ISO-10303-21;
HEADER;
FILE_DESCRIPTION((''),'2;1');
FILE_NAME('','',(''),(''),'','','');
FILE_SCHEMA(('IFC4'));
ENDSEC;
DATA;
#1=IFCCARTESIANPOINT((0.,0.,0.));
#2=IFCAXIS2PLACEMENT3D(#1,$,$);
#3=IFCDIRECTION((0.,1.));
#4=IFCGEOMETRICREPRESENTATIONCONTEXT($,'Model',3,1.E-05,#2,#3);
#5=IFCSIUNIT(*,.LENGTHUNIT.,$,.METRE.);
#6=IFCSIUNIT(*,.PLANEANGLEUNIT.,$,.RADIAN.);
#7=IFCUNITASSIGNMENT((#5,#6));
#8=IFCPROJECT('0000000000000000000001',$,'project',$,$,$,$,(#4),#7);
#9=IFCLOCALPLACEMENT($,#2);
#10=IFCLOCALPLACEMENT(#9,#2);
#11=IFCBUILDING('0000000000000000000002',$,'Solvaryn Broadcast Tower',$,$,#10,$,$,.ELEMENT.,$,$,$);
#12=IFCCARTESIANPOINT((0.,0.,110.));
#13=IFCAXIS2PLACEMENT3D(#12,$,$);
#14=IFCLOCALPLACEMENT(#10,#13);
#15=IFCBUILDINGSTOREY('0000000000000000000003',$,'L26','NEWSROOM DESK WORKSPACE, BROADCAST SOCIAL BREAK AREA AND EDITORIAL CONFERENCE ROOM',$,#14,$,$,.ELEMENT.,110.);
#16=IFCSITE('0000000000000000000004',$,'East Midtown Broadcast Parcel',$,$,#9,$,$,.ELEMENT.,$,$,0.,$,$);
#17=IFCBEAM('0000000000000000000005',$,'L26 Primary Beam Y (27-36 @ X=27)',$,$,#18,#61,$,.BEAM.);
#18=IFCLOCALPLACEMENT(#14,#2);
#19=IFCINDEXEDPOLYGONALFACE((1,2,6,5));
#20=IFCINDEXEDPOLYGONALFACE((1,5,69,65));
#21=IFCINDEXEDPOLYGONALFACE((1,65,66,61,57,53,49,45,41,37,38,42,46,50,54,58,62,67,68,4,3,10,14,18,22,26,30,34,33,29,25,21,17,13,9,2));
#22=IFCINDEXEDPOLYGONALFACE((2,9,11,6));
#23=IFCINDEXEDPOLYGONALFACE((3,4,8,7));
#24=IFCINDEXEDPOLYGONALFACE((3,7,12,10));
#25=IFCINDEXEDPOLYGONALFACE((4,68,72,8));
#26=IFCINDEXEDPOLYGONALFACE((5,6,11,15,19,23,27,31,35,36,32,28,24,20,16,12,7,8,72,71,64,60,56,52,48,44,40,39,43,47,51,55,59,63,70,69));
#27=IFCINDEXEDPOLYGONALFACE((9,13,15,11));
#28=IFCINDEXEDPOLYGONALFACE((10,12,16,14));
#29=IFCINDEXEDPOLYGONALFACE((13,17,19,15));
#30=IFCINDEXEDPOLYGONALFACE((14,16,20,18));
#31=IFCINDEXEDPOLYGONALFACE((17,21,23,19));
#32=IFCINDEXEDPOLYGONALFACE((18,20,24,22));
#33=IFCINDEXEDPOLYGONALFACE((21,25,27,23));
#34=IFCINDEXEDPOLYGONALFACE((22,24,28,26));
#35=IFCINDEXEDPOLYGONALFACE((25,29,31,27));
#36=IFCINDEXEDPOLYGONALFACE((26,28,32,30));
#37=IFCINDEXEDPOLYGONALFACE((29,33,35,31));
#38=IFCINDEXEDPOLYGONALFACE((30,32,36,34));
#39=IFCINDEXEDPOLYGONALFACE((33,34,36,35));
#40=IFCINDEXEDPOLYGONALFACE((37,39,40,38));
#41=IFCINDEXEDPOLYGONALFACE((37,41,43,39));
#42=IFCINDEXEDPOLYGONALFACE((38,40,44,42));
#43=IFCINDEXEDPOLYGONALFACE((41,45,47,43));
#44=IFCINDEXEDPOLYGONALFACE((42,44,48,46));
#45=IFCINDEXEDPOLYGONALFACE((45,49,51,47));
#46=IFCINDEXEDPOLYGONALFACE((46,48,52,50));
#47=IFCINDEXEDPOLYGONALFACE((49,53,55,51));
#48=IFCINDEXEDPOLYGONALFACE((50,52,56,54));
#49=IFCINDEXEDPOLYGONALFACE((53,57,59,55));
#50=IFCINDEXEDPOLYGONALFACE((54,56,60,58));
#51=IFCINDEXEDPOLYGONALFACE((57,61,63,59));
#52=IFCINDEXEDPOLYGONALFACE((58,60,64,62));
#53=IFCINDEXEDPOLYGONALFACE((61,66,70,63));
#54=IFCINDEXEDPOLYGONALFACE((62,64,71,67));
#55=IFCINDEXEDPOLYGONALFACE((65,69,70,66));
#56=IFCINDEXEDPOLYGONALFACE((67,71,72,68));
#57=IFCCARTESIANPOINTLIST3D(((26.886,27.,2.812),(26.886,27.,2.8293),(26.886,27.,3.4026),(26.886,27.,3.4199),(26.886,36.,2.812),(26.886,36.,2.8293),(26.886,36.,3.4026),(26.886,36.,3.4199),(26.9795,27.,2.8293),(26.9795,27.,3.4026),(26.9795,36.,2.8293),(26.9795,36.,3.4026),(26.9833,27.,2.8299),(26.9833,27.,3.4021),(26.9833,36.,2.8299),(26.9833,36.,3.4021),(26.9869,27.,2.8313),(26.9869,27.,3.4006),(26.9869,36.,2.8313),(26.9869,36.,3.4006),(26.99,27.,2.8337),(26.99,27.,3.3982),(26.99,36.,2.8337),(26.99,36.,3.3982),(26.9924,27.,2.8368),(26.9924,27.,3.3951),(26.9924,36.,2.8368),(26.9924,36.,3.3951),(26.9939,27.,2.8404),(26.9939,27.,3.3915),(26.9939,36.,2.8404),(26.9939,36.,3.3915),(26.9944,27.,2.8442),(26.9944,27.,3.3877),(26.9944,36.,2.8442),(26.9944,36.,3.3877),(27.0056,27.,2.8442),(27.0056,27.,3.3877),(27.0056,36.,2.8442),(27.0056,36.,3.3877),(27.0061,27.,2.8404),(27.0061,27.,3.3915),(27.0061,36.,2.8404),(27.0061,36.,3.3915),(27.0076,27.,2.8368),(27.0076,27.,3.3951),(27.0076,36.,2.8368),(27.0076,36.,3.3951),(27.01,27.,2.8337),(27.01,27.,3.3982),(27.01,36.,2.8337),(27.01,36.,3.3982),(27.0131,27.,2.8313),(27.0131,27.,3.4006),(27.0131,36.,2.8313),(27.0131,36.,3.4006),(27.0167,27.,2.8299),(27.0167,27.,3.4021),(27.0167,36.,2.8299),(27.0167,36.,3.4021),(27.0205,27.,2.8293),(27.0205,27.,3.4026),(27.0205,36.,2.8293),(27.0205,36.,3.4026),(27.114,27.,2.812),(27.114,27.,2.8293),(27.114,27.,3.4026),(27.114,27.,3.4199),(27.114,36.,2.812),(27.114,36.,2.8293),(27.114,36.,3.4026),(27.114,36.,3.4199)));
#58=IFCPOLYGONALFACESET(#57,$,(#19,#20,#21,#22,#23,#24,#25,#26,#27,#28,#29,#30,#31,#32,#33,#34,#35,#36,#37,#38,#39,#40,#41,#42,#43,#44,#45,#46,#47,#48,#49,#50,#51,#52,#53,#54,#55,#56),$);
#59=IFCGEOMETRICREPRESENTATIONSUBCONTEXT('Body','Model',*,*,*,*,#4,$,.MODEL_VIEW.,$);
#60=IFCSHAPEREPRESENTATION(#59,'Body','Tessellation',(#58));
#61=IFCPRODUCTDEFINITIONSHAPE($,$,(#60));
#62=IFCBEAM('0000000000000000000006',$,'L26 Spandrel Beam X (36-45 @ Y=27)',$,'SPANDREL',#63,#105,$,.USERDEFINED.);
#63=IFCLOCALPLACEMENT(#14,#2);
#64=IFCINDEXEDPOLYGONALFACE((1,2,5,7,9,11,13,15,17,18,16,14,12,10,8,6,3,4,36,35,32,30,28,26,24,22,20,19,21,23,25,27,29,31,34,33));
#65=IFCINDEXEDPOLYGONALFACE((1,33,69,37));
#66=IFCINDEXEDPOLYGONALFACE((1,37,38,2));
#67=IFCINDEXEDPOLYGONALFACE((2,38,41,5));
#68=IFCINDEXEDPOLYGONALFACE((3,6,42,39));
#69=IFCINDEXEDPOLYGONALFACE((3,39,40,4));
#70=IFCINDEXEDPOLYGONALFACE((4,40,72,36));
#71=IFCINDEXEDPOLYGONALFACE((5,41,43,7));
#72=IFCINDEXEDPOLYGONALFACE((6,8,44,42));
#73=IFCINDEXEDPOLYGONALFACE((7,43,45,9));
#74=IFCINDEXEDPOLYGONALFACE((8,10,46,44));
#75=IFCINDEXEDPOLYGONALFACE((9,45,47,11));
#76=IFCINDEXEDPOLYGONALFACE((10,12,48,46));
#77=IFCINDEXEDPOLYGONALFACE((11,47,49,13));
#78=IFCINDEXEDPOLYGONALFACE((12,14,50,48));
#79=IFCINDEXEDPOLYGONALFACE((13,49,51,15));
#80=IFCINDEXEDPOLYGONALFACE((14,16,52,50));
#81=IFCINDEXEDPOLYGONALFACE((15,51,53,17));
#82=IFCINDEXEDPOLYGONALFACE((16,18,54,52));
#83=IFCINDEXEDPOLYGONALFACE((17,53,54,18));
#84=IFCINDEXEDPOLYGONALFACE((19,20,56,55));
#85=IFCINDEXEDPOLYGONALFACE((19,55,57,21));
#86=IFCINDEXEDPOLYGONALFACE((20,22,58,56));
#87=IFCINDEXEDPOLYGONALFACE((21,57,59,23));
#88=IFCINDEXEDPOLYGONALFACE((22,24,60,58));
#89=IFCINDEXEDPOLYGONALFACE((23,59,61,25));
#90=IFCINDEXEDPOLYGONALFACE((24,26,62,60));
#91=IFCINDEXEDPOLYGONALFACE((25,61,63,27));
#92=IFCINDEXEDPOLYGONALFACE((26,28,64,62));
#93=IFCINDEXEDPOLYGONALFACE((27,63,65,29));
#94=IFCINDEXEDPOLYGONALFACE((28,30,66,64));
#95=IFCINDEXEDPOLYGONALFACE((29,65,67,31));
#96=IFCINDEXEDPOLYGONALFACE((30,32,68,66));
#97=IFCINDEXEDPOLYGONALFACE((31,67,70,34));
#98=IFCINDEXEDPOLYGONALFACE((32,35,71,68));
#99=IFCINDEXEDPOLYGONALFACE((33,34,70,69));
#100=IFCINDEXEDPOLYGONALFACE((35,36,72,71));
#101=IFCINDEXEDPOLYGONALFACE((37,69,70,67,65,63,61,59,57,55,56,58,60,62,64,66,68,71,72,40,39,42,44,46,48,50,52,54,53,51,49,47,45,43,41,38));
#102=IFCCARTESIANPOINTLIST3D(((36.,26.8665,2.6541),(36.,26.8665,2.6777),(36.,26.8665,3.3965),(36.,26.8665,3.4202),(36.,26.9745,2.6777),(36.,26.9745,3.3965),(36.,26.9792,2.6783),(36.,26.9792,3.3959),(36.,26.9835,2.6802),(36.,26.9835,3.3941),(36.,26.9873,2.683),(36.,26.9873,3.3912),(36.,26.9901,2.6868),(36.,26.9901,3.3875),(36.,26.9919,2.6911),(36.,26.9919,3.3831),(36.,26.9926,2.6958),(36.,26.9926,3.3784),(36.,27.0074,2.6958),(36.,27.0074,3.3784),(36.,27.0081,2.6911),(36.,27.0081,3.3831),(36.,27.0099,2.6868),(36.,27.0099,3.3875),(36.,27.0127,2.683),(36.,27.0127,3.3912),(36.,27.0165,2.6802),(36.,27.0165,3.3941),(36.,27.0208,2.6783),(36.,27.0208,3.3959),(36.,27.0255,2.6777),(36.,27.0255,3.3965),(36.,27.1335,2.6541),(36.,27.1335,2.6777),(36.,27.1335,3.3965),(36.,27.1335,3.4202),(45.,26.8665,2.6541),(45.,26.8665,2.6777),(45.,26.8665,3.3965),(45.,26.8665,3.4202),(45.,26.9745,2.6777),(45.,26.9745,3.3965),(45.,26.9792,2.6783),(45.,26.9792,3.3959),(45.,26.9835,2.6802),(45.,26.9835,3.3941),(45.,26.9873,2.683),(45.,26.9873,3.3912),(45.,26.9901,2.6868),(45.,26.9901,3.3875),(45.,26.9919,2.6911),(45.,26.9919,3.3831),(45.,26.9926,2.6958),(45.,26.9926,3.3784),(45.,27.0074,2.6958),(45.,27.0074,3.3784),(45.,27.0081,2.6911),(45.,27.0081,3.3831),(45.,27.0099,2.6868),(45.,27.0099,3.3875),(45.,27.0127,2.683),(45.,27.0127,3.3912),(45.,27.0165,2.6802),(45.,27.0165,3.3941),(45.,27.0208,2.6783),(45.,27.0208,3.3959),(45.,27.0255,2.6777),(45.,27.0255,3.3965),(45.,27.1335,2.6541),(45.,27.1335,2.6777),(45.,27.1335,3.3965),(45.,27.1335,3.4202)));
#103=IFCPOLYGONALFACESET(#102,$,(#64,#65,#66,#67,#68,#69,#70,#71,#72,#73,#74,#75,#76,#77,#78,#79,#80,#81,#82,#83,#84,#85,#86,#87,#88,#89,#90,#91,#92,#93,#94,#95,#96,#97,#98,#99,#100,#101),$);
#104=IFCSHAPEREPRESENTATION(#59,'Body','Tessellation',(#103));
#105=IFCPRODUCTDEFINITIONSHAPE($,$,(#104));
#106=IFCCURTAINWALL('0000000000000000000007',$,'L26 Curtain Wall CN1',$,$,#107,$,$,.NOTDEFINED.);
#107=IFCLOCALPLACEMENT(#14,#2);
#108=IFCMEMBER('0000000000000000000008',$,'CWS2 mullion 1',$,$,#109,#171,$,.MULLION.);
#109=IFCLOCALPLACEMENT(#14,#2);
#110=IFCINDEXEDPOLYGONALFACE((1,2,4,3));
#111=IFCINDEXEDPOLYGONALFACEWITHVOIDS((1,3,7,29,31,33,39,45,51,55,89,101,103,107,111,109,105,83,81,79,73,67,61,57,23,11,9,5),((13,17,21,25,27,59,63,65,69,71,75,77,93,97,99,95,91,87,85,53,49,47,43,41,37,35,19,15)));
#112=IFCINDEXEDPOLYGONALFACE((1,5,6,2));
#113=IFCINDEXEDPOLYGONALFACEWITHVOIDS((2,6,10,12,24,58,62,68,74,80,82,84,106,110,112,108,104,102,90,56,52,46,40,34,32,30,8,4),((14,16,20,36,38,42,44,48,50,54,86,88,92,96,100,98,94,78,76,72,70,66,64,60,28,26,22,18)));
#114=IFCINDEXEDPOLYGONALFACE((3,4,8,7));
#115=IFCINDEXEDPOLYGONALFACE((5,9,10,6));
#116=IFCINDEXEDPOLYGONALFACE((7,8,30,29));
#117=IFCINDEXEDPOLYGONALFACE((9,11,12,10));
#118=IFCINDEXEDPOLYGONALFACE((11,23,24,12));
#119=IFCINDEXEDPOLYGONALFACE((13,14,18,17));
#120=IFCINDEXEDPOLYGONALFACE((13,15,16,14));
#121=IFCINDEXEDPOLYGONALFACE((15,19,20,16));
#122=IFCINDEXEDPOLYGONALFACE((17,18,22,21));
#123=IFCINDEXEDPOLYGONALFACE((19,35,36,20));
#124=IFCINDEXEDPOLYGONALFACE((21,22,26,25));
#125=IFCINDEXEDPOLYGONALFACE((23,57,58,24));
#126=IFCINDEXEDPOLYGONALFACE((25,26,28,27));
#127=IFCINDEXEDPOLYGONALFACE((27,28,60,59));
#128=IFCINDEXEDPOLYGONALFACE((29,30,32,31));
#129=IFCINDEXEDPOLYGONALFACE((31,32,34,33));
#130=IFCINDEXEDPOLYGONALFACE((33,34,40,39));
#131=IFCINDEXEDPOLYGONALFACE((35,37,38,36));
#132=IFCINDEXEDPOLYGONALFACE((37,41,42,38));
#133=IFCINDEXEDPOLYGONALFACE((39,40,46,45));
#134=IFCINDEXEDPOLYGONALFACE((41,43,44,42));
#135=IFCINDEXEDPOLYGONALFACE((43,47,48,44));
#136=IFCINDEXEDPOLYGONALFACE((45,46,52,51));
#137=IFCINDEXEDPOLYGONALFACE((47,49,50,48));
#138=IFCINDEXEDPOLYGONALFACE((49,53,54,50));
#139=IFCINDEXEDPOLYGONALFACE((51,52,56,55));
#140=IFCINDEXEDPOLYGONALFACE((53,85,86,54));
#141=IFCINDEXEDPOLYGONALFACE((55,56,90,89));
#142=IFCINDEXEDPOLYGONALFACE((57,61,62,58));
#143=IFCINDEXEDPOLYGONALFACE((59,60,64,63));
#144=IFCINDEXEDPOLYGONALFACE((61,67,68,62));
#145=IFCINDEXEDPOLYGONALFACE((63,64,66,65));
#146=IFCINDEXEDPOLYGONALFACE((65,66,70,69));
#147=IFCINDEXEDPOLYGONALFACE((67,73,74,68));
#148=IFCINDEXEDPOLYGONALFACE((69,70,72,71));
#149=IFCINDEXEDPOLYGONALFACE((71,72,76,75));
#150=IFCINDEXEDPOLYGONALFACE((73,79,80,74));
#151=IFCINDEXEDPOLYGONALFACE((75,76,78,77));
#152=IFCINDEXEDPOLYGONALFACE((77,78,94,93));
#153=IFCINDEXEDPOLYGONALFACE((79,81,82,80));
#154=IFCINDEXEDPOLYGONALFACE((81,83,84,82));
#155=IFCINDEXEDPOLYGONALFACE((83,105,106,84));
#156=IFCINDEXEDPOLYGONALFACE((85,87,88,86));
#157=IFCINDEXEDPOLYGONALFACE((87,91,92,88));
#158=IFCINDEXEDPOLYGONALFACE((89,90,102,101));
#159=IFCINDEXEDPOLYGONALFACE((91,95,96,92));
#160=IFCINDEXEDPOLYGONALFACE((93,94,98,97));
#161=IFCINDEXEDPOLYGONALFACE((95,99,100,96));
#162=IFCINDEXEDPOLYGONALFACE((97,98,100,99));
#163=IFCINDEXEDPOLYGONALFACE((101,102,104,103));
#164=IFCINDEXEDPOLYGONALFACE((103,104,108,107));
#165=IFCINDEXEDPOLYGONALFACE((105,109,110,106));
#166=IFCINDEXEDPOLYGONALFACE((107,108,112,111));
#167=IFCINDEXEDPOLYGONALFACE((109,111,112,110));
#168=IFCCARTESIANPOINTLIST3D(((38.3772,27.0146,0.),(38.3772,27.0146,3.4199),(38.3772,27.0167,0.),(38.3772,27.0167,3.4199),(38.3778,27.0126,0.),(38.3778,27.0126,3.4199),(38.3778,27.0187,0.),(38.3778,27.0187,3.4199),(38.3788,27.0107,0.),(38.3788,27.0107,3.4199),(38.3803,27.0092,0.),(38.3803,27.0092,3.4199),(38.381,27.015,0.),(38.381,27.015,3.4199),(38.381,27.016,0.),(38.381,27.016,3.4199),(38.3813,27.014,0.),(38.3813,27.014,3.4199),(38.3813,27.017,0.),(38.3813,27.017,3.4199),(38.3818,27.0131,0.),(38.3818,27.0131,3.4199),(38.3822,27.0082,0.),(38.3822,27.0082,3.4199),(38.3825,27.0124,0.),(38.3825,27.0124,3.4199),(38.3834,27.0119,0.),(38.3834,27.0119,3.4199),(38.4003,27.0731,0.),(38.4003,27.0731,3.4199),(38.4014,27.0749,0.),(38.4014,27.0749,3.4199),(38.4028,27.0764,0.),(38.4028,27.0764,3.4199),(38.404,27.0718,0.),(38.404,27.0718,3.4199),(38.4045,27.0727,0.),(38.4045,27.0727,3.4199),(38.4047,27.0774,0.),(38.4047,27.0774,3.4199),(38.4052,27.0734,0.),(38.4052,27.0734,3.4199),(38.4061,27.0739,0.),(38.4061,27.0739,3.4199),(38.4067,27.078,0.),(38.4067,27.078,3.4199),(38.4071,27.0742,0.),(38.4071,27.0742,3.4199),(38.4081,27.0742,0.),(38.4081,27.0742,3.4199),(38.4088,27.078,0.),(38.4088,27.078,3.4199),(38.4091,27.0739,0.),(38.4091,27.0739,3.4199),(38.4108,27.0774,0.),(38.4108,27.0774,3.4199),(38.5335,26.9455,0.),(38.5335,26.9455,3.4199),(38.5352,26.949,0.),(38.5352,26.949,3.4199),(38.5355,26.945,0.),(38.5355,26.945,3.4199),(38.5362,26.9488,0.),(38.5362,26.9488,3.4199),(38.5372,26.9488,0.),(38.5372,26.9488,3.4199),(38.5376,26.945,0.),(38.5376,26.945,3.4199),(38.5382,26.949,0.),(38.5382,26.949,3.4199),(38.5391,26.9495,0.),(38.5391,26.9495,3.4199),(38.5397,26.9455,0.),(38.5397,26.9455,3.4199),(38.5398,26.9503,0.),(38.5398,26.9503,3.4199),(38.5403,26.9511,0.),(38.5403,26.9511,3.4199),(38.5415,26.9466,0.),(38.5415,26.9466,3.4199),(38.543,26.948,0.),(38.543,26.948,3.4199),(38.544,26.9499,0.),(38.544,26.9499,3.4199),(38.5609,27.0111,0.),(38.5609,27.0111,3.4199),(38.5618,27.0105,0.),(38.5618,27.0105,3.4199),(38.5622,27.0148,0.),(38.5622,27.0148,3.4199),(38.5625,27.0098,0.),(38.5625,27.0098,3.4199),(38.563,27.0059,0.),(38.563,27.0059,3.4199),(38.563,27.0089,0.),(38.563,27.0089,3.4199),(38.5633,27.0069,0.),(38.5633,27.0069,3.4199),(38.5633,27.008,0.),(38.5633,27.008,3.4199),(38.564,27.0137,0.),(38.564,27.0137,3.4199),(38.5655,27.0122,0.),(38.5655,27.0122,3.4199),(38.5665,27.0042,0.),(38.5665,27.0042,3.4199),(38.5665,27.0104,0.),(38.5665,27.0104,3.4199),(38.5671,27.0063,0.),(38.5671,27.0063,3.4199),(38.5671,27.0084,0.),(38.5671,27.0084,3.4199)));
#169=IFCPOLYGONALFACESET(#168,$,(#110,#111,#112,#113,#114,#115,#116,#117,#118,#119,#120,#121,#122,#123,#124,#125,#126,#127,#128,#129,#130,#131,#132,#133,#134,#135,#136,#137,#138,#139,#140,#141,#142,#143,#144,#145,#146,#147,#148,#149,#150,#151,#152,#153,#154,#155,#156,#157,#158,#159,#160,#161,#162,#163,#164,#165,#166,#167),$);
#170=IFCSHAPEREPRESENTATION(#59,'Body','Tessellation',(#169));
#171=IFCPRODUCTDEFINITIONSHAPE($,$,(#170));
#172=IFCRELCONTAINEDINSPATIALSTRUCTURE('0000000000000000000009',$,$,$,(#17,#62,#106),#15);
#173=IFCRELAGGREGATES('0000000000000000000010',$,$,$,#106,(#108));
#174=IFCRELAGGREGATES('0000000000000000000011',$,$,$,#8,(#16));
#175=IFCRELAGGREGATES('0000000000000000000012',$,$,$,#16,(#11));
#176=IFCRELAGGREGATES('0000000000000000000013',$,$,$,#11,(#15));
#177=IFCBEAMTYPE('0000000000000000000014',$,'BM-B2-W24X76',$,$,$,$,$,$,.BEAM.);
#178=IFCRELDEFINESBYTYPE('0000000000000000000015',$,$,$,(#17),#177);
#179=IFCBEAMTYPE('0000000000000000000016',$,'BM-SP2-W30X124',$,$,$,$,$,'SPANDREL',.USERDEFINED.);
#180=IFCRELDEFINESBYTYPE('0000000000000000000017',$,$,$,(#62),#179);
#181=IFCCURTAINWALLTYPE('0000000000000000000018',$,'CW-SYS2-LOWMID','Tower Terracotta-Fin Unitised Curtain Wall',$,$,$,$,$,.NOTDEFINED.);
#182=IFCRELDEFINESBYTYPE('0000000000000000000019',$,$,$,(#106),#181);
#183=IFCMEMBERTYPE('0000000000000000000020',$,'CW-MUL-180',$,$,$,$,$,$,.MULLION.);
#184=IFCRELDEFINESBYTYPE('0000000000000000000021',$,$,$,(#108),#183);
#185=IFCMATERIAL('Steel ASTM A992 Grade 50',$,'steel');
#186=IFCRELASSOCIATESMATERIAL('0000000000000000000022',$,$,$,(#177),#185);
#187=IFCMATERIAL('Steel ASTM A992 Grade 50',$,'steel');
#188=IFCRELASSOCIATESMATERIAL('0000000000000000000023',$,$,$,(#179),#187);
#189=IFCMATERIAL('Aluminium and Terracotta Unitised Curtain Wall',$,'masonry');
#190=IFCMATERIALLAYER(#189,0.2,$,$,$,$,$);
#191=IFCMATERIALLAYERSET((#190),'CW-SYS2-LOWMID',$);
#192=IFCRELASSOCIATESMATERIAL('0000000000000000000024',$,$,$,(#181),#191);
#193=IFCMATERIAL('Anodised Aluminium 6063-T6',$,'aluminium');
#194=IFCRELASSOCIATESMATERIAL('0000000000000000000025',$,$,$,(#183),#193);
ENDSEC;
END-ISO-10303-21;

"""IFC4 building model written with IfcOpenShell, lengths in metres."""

from ifc_helpers import new_model, si_unit, direction, frame, origin, origin_2d, place, context, subcontext, project, spatial, hollow_rectangle, i_section, extrude, material, layer, layer_set, material_profile, profile_set, type_object, element, aggregate, save


model = new_model("IFC4")

# Units and contexts
model_context = context("Model", 3, precision=1e-05, world=origin(), true_north=direction((0.0, 1.0)))
body_context = subcontext(model_context, "Body", "Model", "MODEL_VIEW")
ifc_project = project(units=[si_unit("LENGTHUNIT", "METRE"), si_unit("PLANEANGLEUNIT", "RADIAN")], contexts=[model_context])

# Site, building, storey
site_placement = place(None, origin())
site = spatial("IfcSite", under=ifc_project, at=site_placement, Name="East Midtown Broadcast Parcel", CompositionType="ELEMENT", RefElevation=0.0)
building_placement = place(site_placement, origin())
building = spatial("IfcBuilding", under=site, at=building_placement, Name="Solvaryn Broadcast Tower", CompositionType="ELEMENT")
storey_placement = place(building_placement, frame((0.0, 0.0, 110.0)))
storey = spatial("IfcBuildingStorey", under=building, at=storey_placement, Name="L26", Description="NEWSROOM DESK WORKSPACE, BROADCAST SOCIAL BREAK AREA AND EDITORIAL CONFERENCE ROOM", CompositionType="ELEMENT", Elevation=110.0)

# Beams
ifc_material_1 = material(Name="Steel ASTM A992 Grade 50", Category="steel")
ifc_material_profile_1 = material_profile(ifc_material_1, i_section(OverallWidth=0.228, OverallDepth=0.6079, WebThickness=0.0112, FlangeThickness=0.0173, FilletRadius=0.0149, at=origin_2d()))
ifc_profile_set_1 = profile_set([ifc_material_profile_1], Name="Steel ASTM A992 Grade 50")
beam_type_1 = type_object("IfcBeamType", Name="BM-B2-W24X76", PredefinedType="BEAM", material=ifc_profile_set_1)
beam_1_placement = place(storey_placement, frame((27.0, 27.0, 3.116), z_axis=(0.0, 1.0, 0.0), x_axis=(-1.0, 0.0, 0.0)))
element("IfcBeam", 1, at=beam_1_placement, inside=storey, type_object=beam_type_1, Name="L26 Primary Beam Y (27-36 @ X=27)", PredefinedType="BEAM", context=body_context, shape_type="SweptSolid", body=[
    extrude(i_section(OverallWidth=0.228, OverallDepth=0.6079, WebThickness=0.0112, FlangeThickness=0.0173, FilletRadius=0.0149, at=origin_2d()), origin(), (0.0, 0.0, 1.0), 9.0),
])
ifc_material_2 = material(Name="Steel ASTM A992 Grade 50", Category="steel")
ifc_material_profile_2 = material_profile(ifc_material_2, i_section(OverallWidth=0.2671, OverallDepth=0.7661, WebThickness=0.0149, FlangeThickness=0.0237, FilletRadius=0.0181, at=origin_2d()))
ifc_profile_set_2 = profile_set([ifc_material_profile_2], Name="Steel ASTM A992 Grade 50")
beam_type_2 = type_object("IfcBeamType", Name="BM-SP2-W30X124", ElementType="SPANDREL", PredefinedType="USERDEFINED", material=ifc_profile_set_2)
beam_2_placement = place(storey_placement, frame((36.0, 27.0, 3.0371), z_axis=(1.0, 0.0, 0.0), x_axis=(0.0, 1.0, 0.0)))
element("IfcBeam", 2, at=beam_2_placement, inside=storey, type_object=beam_type_2, Name="L26 Spandrel Beam X (36-45 @ Y=27)", ObjectType="SPANDREL", PredefinedType="USERDEFINED", context=body_context, shape_type="SweptSolid", body=[
    extrude(i_section(OverallWidth=0.2671, OverallDepth=0.7661, WebThickness=0.0149, FlangeThickness=0.0237, FilletRadius=0.0181, at=origin_2d()), origin(), (0.0, 0.0, 1.0), 9.0),
])

# Curtain wall, member
ifc_material_3 = material(Name="Aluminium and Terracotta Unitised Curtain Wall", Category="masonry")
ifc_layer_1 = layer(ifc_material_3, 0.2)
ifc_layer_set_1 = layer_set([ifc_layer_1], Name="CW-SYS2-LOWMID")
curtain_wall_type = type_object("IfcCurtainWallType", Name="CW-SYS2-LOWMID", Description="Tower Terracotta-Fin Unitised Curtain Wall", PredefinedType="NOTDEFINED", material=ifc_layer_set_1)
curtain_wall_placement = place(storey_placement, origin())
curtain_wall = element("IfcCurtainWall", 3, at=curtain_wall_placement, inside=storey, type_object=curtain_wall_type, Name="L26 Curtain Wall CN1", PredefinedType="NOTDEFINED")
ifc_material_4 = material(Name="Anodised Aluminium 6063-T6", Category="aluminium")
ifc_material_profile_3 = material_profile(ifc_material_4, hollow_rectangle(XDim=0.075, YDim=0.1799, WallThickness=0.0039, InnerFilletRadius=0.0039, OuterFilletRadius=0.0081, at=origin_2d()))
ifc_profile_set_3 = profile_set([ifc_material_profile_3], Name="Anodised Aluminium 6063-T6")
member_type_1 = type_object("IfcMemberType", Name="CW-MUL-180", PredefinedType="MULLION", material=ifc_profile_set_3)
member_1_placement = place(storey_placement, frame((38.4722, 27.0115, 0.0), z_axis=(0.0, 0.0, 1.0), x_axis=(-0.382646, -0.923895, 0.0)))
member_1 = element("IfcMember", 4, at=member_1_placement, type_object=member_type_1, Name="CWS2 mullion 1", PredefinedType="MULLION", context=body_context, shape_type="SweptSolid", body=[
    extrude(hollow_rectangle(XDim=0.075, YDim=0.1799, WallThickness=0.0039, InnerFilletRadius=0.0039, OuterFilletRadius=0.0081, at=origin_2d()), origin(), (0.0, 0.0, 1.0), 3.4199),
])
aggregate(curtain_wall, [member_1])

save(model, "model.ifc")
